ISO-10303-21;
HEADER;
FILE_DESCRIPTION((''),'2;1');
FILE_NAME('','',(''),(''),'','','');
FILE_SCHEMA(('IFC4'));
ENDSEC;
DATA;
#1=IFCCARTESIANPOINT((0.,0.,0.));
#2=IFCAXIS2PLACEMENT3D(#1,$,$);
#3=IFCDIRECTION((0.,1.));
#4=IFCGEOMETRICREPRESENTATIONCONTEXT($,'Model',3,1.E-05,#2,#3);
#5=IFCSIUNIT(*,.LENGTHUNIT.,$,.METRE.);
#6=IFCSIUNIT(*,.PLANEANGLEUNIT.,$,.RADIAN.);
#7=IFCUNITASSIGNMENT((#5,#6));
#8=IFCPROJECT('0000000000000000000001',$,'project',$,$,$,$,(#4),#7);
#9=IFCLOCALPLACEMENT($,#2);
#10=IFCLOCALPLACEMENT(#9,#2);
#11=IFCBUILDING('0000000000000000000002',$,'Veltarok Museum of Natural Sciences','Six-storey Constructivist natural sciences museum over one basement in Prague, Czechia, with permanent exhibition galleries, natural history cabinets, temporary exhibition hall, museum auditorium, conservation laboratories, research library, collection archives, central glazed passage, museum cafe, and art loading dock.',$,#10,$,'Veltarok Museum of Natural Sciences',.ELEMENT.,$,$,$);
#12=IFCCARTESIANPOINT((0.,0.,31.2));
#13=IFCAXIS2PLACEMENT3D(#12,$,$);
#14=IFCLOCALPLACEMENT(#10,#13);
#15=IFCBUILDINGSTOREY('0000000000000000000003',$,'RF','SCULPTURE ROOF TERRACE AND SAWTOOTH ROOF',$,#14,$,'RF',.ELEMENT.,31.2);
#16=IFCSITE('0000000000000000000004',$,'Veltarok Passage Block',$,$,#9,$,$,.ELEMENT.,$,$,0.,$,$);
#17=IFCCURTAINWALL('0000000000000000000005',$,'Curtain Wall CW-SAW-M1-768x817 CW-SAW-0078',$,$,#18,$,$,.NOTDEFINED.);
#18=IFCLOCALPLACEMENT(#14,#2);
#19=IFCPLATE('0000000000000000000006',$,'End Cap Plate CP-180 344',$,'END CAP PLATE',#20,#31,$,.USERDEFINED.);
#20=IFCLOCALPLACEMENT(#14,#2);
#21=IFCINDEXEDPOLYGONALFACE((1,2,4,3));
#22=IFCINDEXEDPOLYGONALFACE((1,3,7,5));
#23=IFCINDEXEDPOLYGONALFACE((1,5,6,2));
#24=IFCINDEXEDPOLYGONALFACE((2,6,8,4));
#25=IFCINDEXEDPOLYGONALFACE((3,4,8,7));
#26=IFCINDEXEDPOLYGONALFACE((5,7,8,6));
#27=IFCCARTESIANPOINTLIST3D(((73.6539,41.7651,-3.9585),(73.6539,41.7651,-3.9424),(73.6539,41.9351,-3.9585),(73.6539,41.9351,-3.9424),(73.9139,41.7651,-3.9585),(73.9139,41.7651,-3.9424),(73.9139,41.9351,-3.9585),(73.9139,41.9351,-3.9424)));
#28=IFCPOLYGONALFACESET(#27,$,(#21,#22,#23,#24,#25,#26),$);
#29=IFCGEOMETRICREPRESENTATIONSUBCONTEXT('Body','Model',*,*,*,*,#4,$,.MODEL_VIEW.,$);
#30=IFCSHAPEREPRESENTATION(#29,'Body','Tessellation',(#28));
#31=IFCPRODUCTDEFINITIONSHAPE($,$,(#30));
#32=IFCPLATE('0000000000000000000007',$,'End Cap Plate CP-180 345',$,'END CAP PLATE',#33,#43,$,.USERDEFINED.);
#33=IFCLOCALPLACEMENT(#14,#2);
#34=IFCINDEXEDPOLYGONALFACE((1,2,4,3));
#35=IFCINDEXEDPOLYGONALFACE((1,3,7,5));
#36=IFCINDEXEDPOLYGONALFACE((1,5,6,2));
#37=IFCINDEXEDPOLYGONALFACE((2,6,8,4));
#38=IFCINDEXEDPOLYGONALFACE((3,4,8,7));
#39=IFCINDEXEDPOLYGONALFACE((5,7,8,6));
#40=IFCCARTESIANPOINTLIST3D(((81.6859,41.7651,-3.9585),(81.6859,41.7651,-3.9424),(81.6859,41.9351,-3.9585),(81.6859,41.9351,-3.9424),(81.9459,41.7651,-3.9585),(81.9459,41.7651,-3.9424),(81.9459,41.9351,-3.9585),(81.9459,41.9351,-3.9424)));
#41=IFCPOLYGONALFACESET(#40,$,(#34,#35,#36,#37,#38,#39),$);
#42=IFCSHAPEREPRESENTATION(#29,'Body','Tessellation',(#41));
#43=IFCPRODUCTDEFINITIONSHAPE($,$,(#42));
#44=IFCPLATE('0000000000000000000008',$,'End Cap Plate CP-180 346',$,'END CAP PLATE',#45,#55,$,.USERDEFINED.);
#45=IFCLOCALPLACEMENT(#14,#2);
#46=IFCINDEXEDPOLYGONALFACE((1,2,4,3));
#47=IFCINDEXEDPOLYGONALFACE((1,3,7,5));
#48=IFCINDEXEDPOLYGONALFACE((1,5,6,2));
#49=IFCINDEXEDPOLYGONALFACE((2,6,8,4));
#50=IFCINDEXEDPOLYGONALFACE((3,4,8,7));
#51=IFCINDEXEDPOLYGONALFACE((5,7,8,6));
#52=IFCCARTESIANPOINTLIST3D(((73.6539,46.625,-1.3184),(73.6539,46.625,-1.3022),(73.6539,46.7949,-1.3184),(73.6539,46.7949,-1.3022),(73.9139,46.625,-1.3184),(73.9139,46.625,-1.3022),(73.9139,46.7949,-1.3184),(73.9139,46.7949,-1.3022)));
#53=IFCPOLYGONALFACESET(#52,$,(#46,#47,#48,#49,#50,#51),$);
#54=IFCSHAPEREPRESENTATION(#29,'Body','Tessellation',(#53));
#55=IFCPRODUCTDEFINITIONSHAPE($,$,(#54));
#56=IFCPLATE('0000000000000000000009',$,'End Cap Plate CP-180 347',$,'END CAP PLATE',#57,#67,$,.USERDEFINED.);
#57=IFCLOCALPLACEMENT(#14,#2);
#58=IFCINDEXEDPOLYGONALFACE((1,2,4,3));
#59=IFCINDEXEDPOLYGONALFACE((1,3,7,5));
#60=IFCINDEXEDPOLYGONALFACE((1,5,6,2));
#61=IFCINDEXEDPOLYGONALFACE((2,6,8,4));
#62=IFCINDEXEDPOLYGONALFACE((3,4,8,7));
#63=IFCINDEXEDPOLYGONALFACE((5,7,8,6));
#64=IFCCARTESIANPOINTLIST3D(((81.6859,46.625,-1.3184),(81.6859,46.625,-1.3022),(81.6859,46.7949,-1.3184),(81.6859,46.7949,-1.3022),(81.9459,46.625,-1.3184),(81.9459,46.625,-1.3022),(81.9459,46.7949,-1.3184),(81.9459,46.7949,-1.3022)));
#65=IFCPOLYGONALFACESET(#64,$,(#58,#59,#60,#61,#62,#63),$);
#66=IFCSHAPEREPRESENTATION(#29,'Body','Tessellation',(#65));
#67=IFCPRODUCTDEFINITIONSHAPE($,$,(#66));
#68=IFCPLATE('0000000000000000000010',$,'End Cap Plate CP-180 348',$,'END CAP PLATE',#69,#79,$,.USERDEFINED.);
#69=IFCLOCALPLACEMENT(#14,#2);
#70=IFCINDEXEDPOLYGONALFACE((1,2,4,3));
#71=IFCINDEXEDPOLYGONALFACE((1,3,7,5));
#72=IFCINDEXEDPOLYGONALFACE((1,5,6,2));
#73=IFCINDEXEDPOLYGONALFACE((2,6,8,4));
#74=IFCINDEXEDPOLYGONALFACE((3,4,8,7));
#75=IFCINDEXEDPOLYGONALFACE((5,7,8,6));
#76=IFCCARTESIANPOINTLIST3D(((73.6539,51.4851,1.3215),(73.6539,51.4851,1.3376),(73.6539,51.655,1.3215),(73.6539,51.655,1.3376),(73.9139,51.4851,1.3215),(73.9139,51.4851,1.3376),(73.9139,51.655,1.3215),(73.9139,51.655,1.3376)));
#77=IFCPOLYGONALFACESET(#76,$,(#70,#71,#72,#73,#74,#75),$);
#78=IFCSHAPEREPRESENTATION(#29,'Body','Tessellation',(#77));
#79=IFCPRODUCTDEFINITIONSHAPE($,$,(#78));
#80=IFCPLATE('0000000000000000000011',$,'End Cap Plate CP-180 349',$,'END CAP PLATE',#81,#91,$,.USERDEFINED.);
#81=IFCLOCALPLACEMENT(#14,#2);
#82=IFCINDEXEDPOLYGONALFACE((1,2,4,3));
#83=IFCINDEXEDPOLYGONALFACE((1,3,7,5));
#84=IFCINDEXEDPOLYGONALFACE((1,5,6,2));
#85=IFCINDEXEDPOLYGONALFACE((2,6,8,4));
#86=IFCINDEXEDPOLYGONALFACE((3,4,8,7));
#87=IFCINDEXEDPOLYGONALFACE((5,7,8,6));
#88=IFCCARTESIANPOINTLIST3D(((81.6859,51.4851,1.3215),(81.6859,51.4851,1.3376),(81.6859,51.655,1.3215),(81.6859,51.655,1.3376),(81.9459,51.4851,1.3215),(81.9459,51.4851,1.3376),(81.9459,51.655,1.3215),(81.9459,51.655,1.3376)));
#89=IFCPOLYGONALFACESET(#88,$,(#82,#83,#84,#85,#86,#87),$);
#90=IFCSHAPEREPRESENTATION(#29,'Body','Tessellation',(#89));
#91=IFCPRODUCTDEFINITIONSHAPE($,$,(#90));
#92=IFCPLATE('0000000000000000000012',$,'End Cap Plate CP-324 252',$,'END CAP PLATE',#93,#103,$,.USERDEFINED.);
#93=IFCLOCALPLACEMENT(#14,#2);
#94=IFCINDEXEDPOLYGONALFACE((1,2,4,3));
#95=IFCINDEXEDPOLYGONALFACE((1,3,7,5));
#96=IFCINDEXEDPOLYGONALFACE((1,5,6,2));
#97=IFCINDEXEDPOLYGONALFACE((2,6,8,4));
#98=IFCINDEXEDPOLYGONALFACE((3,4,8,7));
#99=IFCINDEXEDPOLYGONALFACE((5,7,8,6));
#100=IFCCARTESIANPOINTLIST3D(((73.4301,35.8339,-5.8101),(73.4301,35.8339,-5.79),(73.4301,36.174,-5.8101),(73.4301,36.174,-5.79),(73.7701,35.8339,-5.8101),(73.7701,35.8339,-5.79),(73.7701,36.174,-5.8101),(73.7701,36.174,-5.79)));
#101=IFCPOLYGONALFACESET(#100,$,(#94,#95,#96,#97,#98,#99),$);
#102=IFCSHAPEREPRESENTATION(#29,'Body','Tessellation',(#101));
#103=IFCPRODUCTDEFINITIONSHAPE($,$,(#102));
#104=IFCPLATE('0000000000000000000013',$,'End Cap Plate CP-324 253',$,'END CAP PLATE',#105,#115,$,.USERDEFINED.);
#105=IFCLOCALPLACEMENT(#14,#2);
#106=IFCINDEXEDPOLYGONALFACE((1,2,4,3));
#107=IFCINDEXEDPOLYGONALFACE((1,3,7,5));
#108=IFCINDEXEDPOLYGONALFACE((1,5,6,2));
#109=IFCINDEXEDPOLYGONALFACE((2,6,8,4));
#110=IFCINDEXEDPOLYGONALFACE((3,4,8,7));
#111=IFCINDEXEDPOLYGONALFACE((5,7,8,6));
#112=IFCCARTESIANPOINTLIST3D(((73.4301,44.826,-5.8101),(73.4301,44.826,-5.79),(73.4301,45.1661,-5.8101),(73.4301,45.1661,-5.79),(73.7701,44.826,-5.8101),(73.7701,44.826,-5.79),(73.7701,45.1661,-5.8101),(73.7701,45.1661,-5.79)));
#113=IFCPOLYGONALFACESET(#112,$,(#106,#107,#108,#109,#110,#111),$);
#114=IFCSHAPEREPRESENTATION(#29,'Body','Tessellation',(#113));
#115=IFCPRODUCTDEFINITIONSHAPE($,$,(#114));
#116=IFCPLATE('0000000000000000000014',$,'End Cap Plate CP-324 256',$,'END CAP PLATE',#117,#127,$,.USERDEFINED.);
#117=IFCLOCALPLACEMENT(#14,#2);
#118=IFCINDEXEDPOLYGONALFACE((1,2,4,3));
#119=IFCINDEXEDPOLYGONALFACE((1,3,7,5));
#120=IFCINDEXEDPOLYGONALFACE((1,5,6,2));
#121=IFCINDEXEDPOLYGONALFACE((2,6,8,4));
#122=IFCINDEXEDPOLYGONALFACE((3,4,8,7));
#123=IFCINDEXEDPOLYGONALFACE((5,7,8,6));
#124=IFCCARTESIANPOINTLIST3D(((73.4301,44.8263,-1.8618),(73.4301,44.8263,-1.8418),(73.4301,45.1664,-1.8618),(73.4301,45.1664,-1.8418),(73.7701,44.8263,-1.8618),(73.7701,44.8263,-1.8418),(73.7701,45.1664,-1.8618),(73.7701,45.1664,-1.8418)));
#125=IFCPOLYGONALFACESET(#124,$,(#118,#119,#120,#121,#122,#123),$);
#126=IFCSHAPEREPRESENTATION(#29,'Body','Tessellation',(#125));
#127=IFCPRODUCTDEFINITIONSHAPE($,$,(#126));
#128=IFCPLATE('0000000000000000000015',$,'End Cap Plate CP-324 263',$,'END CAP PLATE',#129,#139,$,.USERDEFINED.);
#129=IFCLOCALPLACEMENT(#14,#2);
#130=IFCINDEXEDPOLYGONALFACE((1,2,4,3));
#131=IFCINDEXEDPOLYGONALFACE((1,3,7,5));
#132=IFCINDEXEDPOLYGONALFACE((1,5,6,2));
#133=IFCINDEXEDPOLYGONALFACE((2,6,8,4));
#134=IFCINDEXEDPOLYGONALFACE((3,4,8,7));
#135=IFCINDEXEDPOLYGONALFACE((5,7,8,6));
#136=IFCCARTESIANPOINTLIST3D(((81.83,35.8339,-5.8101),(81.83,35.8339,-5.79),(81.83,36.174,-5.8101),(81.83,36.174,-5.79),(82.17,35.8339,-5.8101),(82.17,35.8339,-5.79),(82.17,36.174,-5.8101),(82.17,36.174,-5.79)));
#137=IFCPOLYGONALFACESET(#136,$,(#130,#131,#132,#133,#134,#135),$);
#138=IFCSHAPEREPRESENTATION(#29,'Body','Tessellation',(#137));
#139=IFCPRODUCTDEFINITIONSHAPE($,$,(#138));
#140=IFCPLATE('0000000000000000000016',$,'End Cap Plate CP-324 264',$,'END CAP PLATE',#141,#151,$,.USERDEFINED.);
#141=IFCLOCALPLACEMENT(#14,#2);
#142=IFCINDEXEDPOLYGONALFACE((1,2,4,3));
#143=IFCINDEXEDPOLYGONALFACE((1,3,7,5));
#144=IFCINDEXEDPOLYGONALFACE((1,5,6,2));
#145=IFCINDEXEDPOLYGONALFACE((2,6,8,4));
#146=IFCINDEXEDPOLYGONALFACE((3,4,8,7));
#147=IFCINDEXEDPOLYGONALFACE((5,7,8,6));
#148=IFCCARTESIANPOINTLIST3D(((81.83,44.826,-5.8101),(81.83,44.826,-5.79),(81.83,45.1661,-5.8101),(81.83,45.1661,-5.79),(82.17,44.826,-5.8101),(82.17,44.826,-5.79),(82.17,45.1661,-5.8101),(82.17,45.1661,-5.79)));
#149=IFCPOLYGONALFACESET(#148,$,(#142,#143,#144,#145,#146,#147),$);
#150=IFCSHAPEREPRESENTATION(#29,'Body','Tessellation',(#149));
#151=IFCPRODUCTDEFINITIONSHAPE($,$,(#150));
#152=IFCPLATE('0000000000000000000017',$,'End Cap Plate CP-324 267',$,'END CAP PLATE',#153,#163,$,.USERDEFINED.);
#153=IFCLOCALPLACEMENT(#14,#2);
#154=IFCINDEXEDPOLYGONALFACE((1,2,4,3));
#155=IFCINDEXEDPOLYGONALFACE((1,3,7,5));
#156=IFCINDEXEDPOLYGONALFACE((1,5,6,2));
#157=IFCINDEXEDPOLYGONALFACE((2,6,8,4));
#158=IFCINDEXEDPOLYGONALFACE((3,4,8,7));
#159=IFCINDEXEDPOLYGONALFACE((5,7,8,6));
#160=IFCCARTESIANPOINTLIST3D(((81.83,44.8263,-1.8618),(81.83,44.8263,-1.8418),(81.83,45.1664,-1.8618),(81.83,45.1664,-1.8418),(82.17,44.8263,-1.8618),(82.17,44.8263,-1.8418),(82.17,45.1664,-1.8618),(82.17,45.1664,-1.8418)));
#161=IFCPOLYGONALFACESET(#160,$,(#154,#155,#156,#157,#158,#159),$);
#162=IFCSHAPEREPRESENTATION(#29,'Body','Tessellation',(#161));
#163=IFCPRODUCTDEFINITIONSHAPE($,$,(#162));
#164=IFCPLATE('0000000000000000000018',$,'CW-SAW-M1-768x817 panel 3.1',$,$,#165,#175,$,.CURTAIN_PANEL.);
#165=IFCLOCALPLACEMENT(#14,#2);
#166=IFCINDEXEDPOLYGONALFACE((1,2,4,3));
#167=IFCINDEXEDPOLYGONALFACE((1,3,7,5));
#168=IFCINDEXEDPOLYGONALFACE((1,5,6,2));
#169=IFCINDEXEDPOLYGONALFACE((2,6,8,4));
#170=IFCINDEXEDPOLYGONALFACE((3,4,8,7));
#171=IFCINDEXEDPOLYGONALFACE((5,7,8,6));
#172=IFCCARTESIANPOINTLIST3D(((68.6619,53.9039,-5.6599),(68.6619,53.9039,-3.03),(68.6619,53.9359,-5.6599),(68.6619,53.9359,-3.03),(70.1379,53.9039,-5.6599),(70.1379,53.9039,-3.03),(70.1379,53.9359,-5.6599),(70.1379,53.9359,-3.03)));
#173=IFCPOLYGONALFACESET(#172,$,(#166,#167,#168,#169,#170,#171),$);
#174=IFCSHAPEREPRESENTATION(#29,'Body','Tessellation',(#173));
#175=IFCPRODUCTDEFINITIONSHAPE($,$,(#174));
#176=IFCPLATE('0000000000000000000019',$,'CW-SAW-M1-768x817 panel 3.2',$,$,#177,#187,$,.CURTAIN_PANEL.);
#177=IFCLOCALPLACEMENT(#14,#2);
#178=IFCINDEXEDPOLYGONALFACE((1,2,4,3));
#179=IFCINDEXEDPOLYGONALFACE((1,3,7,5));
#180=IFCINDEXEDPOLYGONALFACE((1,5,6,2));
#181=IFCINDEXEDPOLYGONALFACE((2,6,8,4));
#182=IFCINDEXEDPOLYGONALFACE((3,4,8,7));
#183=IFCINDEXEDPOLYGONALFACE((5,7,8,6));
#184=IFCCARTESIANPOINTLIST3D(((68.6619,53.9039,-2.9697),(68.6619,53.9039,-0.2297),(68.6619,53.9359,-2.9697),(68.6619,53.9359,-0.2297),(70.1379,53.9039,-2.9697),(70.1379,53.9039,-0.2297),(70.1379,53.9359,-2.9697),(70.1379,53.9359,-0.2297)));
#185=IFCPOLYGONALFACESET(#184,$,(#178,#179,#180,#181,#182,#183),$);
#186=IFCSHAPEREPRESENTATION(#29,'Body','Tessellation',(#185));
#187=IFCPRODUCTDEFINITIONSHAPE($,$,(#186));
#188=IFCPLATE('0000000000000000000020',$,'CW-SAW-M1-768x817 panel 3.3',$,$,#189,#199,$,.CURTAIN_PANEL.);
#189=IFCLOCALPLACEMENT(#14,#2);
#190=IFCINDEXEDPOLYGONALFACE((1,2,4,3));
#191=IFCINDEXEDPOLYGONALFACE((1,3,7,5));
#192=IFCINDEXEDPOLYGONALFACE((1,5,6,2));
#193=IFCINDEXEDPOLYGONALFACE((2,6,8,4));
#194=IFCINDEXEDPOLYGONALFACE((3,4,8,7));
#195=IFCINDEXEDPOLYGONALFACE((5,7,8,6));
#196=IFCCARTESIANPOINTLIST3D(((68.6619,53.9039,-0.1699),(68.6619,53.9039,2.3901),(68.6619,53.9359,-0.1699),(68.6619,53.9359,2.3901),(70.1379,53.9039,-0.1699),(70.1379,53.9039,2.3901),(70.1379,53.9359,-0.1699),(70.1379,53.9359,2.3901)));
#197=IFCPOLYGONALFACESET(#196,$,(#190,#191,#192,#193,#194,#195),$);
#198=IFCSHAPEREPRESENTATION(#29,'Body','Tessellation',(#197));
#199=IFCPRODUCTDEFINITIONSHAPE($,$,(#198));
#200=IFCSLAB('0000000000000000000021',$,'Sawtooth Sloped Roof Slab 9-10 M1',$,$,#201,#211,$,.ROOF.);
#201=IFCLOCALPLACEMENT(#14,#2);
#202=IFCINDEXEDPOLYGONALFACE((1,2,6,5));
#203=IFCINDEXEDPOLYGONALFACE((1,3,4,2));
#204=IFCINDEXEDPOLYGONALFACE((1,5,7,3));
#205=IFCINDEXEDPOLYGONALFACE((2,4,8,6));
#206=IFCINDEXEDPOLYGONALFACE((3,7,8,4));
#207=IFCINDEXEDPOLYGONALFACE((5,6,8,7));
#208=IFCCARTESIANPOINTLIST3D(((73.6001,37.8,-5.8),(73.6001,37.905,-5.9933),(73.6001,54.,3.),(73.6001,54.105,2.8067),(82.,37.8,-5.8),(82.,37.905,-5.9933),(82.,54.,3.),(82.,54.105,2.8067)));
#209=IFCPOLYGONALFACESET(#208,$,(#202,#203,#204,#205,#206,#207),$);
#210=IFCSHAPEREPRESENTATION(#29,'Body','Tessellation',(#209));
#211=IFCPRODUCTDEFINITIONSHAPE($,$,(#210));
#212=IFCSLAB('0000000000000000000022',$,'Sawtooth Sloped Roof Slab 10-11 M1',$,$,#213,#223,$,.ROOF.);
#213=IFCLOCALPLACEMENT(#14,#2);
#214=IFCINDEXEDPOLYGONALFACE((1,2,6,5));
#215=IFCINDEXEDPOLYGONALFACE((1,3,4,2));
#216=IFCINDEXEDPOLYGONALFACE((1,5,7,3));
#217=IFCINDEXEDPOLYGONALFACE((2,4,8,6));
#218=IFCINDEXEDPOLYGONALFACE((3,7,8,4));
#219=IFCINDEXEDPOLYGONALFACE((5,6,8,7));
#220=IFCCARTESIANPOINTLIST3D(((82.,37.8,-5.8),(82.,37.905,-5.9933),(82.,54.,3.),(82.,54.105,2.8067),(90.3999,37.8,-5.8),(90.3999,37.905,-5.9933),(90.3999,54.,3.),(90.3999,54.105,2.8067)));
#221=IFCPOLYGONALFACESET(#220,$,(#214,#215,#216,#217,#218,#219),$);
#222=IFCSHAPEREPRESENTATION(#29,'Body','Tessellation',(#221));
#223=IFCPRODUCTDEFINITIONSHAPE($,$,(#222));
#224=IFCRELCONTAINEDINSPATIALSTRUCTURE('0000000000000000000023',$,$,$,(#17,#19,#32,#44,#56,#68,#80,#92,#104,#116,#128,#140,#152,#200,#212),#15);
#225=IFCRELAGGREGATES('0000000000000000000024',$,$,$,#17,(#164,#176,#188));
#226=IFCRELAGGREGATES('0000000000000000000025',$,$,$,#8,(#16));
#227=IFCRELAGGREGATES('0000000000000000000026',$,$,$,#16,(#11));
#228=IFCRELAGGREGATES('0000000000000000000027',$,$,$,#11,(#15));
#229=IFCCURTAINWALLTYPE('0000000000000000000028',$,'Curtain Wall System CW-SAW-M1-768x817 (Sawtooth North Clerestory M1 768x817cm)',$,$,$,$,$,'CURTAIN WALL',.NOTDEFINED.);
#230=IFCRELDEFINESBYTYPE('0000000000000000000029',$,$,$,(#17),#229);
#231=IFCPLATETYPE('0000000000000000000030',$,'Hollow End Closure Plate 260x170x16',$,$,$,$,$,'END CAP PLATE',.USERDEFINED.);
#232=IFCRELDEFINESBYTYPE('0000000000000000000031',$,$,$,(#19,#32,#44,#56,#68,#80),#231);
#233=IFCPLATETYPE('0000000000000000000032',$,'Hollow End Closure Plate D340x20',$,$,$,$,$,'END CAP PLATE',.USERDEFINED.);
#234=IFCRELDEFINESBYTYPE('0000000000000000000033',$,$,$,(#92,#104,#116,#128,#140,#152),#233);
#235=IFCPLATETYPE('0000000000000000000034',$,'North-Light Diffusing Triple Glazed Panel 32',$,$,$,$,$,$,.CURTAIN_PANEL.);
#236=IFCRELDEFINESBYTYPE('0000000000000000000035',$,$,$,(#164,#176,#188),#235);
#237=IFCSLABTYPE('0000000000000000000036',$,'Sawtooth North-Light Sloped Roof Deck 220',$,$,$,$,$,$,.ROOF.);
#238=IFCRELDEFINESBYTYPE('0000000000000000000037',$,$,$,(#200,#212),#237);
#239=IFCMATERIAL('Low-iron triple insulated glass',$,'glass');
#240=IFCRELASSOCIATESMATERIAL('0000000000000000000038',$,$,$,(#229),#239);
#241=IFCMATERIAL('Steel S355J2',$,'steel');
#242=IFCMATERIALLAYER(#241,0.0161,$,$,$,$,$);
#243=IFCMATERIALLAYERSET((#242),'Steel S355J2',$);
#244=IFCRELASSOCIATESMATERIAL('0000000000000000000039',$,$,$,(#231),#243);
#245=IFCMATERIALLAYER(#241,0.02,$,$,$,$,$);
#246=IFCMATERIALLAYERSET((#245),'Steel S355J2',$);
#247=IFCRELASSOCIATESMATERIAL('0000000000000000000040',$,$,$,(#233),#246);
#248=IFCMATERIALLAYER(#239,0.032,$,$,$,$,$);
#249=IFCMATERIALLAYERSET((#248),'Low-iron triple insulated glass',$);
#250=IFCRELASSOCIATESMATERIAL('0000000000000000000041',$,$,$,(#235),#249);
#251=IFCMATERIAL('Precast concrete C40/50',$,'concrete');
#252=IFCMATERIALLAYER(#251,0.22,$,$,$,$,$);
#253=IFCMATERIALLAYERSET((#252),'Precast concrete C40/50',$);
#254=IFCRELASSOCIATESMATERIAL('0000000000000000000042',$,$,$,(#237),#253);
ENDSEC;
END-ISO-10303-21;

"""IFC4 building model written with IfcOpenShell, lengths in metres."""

from ifc_helpers import new_model, si_unit, direction, frame, origin, origin_2d, place, context, subcontext, project, spatial, polyline, rectangle, outline, extrude, material, layer, layer_set, type_object, element, aggregate, save


model = new_model("IFC4")

# Units and contexts
model_context = context("Model", 3, precision=1e-05, world=origin(), true_north=direction((0.0, 1.0)))
body_context = subcontext(model_context, "Body", "Model", "MODEL_VIEW")
ifc_project = project(units=[si_unit("LENGTHUNIT", "METRE"), si_unit("PLANEANGLEUNIT", "RADIAN")], contexts=[model_context])

# Site, building, storey
site_placement = place(None, origin())
site = spatial("IfcSite", under=ifc_project, at=site_placement, Name="Veltarok Passage Block", CompositionType="ELEMENT", RefElevation=0.0)
building_placement = place(site_placement, origin())
building = spatial("IfcBuilding", under=site, at=building_placement, Name="Veltarok Museum of Natural Sciences", Description="Six-storey Constructivist natural sciences museum over one basement in Prague, Czechia, with permanent exhibition galleries, natural history cabinets, temporary exhibition hall, museum auditorium, conservation laboratories, research library, collection archives, central glazed passage, museum cafe, and art loading dock.", LongName="Veltarok Museum of Natural Sciences", CompositionType="ELEMENT")
storey_placement = place(building_placement, frame((0.0, 0.0, 31.2)))
storey = spatial("IfcBuildingStorey", under=building, at=storey_placement, Name="RF", Description="SCULPTURE ROOF TERRACE AND SAWTOOTH ROOF", LongName="RF", CompositionType="ELEMENT", Elevation=31.2)

# Shared definitions
ifc_material_1 = material(Name="Steel S355J2", Category="steel")

# Curtain wall
ifc_material_2 = material(Name="Low-iron triple insulated glass", Category="glass")
curtain_wall_type = type_object("IfcCurtainWallType", Name="Curtain Wall System CW-SAW-M1-768x817 (Sawtooth North Clerestory M1 768x817cm)", ElementType="CURTAIN WALL", PredefinedType="NOTDEFINED", material=ifc_material_2)
curtain_wall_placement = place(storey_placement, origin())
curtain_wall = element("IfcCurtainWall", 1, at=curtain_wall_placement, inside=storey, type_object=curtain_wall_type, Name="Curtain Wall CW-SAW-M1-768x817 CW-SAW-0078", PredefinedType="NOTDEFINED")

# Plates
ifc_layer_1 = layer(ifc_material_1, 0.0161)
ifc_layer_set_1 = layer_set([ifc_layer_1], Name="Steel S355J2")
plate_type_1 = type_object("IfcPlateType", Name="Hollow End Closure Plate 260x170x16", ElementType="END CAP PLATE", PredefinedType="USERDEFINED", material=ifc_layer_set_1)
for number, where, z_axis, x_axis, name in (
    (2, (73.7839, 41.8501, -3.9585), (0.0, 0.0, 1.0), (1.0, 0.0, 0.0), "End Cap Plate CP-180 344"),
    (3, (81.8159, 41.8501, -3.9585), (0.0, 0.0, 1.0), (1.0, 0.0, 0.0), "End Cap Plate CP-180 345"),
    (4, (73.7839, 46.71, -1.3184), (0.0, 0.0, 1.0), (1.0, 0.0, 0.0), "End Cap Plate CP-180 346"),
    (5, (81.8159, 46.71, -1.3184), (0.0, 0.0, 1.0), (1.0, 0.0, 0.0), "End Cap Plate CP-180 347"),
    (6, (73.7839, 51.5701, 1.3215), (0.0, 0.0, 1.0), (1.0, 0.0, 0.0), "End Cap Plate CP-180 348"),
    (7, (81.8159, 51.5701, 1.3215), (0.0, 0.0, 1.0), (1.0, 0.0, 0.0), "End Cap Plate CP-180 349"),
):
    element("IfcPlate", number, at=place(storey_placement, frame(where, z_axis=z_axis, x_axis=x_axis)), inside=storey, type_object=plate_type_1, Name=name, ObjectType="END CAP PLATE", PredefinedType="USERDEFINED", context=body_context, shape_type="SweptSolid", body=[
        extrude(rectangle(XDim=0.26, YDim=0.1699, at=origin_2d()), origin(), (0.0, 0.0, 1.0), 0.0161),
    ])
ifc_layer_2 = layer(ifc_material_1, 0.02)
ifc_layer_set_2 = layer_set([ifc_layer_2], Name="Steel S355J2")
plate_type_2 = type_object("IfcPlateType", Name="Hollow End Closure Plate D340x20", ElementType="END CAP PLATE", PredefinedType="USERDEFINED", material=ifc_layer_set_2)
for number, where, z_axis, x_axis, name in (
    (8, (73.6001, 36.0039, -5.8101), (0.0, 0.0, 1.0), (0.0, 1.0, 0.0), "End Cap Plate CP-324 252"),
    (9, (73.6001, 44.9961, -5.8101), (0.0, 0.0, 1.0), (0.0, 1.0, 0.0), "End Cap Plate CP-324 253"),
    (10, (73.6001, 44.9963, -1.8618), (0.0, 0.0, 1.0), (0.0, 1.0, 0.0), "End Cap Plate CP-324 256"),
    (11, (82.0, 36.0039, -5.8101), (0.0, 0.0, 1.0), (0.0, 1.0, 0.0), "End Cap Plate CP-324 263"),
    (12, (82.0, 44.9961, -5.8101), (0.0, 0.0, 1.0), (0.0, 1.0, 0.0), "End Cap Plate CP-324 264"),
    (13, (82.0, 44.9963, -1.8618), (0.0, 0.0, 1.0), (0.0, 1.0, 0.0), "End Cap Plate CP-324 267"),
):
    element("IfcPlate", number, at=place(storey_placement, frame(where, z_axis=z_axis, x_axis=x_axis)), inside=storey, type_object=plate_type_2, Name=name, ObjectType="END CAP PLATE", PredefinedType="USERDEFINED", context=body_context, shape_type="SweptSolid", body=[
        extrude(rectangle(XDim=0.3401, YDim=0.3401, at=origin_2d()), origin(), (0.0, 0.0, 1.0), 0.02),
    ])

# Plates
ifc_layer_3 = layer(ifc_material_2, 0.032)
ifc_layer_set_3 = layer_set([ifc_layer_3], Name="Low-iron triple insulated glass")
plate_type_3 = type_object("IfcPlateType", Name="North-Light Diffusing Triple Glazed Panel 32", PredefinedType="CURTAIN_PANEL", material=ifc_layer_set_3)
plate_1_placement = place(storey_placement, frame((69.3999, 53.9199, -5.6599), z_axis=(0.0, 0.0, 1.0), x_axis=(-1.0, 0.0, 0.0)))
plate_1 = element("IfcPlate", 14, at=plate_1_placement, type_object=plate_type_3, Name="CW-SAW-M1-768x817 panel 3.1", PredefinedType="CURTAIN_PANEL", context=body_context, shape_type="SweptSolid", body=[
    extrude(rectangle(XDim=1.4761, YDim=0.032, at=origin_2d()), origin(), (0.0, 0.0, 1.0), 2.6299),
])
plate_2_placement = place(storey_placement, frame((69.3999, 53.9199, -2.9697), z_axis=(0.0, 0.0, 1.0), x_axis=(-1.0, 0.0, 0.0)))
plate_2 = element("IfcPlate", 15, at=plate_2_placement, type_object=plate_type_3, Name="CW-SAW-M1-768x817 panel 3.2", PredefinedType="CURTAIN_PANEL", context=body_context, shape_type="SweptSolid", body=[
    extrude(rectangle(XDim=1.4761, YDim=0.032, at=origin_2d()), origin(), (0.0, 0.0, 1.0), 2.74),
])
plate_3_placement = place(storey_placement, frame((69.3999, 53.9199, -0.1699), z_axis=(0.0, 0.0, 1.0), x_axis=(-1.0, 0.0, 0.0)))
plate_3 = element("IfcPlate", 16, at=plate_3_placement, type_object=plate_type_3, Name="CW-SAW-M1-768x817 panel 3.3", PredefinedType="CURTAIN_PANEL", context=body_context, shape_type="SweptSolid", body=[
    extrude(rectangle(XDim=1.4761, YDim=0.032, at=origin_2d()), origin(), (0.0, 0.0, 1.0), 2.5601),
])
aggregate(curtain_wall, [plate_1, plate_2, plate_3])

# Slabs
ifc_material_3 = material(Name="Precast concrete C40/50", Category="concrete")
ifc_layer_4 = layer(ifc_material_3, 0.22)
ifc_layer_set_4 = layer_set([ifc_layer_4], Name="Precast concrete C40/50")
slab_type = type_object("IfcSlabType", Name="Sawtooth North-Light Sloped Roof Deck 220", PredefinedType="ROOF", material=ifc_layer_set_4)
for number, where, z_axis, x_axis, name in (
    (17, (73.6001, 37.8, -5.8), (0.0, -0.477334, 0.878722), (1.0, 0.0, 0.0), "Sawtooth Sloped Roof Slab 9-10 M1"),
    (18, (82.0, 37.8, -5.8), (0.0, -0.477334, 0.878722), (1.0, 0.0, 0.0), "Sawtooth Sloped Roof Slab 10-11 M1"),
):
    element("IfcSlab", number, at=place(storey_placement, frame(where, z_axis=z_axis, x_axis=x_axis)), inside=storey, type_object=slab_type, Name=name, PredefinedType="ROOF", context=body_context, shape_type="SweptSolid", body=[
        extrude(outline(polyline([(0.0, 0.0), (8.3999, 0.0), (8.3999, 18.4358), (0.0, 18.4358), (0.0, 0.0)])), origin(), (0.0, 0.0, -1.0), 0.22),
    ])

save(model, "model.ifc")
